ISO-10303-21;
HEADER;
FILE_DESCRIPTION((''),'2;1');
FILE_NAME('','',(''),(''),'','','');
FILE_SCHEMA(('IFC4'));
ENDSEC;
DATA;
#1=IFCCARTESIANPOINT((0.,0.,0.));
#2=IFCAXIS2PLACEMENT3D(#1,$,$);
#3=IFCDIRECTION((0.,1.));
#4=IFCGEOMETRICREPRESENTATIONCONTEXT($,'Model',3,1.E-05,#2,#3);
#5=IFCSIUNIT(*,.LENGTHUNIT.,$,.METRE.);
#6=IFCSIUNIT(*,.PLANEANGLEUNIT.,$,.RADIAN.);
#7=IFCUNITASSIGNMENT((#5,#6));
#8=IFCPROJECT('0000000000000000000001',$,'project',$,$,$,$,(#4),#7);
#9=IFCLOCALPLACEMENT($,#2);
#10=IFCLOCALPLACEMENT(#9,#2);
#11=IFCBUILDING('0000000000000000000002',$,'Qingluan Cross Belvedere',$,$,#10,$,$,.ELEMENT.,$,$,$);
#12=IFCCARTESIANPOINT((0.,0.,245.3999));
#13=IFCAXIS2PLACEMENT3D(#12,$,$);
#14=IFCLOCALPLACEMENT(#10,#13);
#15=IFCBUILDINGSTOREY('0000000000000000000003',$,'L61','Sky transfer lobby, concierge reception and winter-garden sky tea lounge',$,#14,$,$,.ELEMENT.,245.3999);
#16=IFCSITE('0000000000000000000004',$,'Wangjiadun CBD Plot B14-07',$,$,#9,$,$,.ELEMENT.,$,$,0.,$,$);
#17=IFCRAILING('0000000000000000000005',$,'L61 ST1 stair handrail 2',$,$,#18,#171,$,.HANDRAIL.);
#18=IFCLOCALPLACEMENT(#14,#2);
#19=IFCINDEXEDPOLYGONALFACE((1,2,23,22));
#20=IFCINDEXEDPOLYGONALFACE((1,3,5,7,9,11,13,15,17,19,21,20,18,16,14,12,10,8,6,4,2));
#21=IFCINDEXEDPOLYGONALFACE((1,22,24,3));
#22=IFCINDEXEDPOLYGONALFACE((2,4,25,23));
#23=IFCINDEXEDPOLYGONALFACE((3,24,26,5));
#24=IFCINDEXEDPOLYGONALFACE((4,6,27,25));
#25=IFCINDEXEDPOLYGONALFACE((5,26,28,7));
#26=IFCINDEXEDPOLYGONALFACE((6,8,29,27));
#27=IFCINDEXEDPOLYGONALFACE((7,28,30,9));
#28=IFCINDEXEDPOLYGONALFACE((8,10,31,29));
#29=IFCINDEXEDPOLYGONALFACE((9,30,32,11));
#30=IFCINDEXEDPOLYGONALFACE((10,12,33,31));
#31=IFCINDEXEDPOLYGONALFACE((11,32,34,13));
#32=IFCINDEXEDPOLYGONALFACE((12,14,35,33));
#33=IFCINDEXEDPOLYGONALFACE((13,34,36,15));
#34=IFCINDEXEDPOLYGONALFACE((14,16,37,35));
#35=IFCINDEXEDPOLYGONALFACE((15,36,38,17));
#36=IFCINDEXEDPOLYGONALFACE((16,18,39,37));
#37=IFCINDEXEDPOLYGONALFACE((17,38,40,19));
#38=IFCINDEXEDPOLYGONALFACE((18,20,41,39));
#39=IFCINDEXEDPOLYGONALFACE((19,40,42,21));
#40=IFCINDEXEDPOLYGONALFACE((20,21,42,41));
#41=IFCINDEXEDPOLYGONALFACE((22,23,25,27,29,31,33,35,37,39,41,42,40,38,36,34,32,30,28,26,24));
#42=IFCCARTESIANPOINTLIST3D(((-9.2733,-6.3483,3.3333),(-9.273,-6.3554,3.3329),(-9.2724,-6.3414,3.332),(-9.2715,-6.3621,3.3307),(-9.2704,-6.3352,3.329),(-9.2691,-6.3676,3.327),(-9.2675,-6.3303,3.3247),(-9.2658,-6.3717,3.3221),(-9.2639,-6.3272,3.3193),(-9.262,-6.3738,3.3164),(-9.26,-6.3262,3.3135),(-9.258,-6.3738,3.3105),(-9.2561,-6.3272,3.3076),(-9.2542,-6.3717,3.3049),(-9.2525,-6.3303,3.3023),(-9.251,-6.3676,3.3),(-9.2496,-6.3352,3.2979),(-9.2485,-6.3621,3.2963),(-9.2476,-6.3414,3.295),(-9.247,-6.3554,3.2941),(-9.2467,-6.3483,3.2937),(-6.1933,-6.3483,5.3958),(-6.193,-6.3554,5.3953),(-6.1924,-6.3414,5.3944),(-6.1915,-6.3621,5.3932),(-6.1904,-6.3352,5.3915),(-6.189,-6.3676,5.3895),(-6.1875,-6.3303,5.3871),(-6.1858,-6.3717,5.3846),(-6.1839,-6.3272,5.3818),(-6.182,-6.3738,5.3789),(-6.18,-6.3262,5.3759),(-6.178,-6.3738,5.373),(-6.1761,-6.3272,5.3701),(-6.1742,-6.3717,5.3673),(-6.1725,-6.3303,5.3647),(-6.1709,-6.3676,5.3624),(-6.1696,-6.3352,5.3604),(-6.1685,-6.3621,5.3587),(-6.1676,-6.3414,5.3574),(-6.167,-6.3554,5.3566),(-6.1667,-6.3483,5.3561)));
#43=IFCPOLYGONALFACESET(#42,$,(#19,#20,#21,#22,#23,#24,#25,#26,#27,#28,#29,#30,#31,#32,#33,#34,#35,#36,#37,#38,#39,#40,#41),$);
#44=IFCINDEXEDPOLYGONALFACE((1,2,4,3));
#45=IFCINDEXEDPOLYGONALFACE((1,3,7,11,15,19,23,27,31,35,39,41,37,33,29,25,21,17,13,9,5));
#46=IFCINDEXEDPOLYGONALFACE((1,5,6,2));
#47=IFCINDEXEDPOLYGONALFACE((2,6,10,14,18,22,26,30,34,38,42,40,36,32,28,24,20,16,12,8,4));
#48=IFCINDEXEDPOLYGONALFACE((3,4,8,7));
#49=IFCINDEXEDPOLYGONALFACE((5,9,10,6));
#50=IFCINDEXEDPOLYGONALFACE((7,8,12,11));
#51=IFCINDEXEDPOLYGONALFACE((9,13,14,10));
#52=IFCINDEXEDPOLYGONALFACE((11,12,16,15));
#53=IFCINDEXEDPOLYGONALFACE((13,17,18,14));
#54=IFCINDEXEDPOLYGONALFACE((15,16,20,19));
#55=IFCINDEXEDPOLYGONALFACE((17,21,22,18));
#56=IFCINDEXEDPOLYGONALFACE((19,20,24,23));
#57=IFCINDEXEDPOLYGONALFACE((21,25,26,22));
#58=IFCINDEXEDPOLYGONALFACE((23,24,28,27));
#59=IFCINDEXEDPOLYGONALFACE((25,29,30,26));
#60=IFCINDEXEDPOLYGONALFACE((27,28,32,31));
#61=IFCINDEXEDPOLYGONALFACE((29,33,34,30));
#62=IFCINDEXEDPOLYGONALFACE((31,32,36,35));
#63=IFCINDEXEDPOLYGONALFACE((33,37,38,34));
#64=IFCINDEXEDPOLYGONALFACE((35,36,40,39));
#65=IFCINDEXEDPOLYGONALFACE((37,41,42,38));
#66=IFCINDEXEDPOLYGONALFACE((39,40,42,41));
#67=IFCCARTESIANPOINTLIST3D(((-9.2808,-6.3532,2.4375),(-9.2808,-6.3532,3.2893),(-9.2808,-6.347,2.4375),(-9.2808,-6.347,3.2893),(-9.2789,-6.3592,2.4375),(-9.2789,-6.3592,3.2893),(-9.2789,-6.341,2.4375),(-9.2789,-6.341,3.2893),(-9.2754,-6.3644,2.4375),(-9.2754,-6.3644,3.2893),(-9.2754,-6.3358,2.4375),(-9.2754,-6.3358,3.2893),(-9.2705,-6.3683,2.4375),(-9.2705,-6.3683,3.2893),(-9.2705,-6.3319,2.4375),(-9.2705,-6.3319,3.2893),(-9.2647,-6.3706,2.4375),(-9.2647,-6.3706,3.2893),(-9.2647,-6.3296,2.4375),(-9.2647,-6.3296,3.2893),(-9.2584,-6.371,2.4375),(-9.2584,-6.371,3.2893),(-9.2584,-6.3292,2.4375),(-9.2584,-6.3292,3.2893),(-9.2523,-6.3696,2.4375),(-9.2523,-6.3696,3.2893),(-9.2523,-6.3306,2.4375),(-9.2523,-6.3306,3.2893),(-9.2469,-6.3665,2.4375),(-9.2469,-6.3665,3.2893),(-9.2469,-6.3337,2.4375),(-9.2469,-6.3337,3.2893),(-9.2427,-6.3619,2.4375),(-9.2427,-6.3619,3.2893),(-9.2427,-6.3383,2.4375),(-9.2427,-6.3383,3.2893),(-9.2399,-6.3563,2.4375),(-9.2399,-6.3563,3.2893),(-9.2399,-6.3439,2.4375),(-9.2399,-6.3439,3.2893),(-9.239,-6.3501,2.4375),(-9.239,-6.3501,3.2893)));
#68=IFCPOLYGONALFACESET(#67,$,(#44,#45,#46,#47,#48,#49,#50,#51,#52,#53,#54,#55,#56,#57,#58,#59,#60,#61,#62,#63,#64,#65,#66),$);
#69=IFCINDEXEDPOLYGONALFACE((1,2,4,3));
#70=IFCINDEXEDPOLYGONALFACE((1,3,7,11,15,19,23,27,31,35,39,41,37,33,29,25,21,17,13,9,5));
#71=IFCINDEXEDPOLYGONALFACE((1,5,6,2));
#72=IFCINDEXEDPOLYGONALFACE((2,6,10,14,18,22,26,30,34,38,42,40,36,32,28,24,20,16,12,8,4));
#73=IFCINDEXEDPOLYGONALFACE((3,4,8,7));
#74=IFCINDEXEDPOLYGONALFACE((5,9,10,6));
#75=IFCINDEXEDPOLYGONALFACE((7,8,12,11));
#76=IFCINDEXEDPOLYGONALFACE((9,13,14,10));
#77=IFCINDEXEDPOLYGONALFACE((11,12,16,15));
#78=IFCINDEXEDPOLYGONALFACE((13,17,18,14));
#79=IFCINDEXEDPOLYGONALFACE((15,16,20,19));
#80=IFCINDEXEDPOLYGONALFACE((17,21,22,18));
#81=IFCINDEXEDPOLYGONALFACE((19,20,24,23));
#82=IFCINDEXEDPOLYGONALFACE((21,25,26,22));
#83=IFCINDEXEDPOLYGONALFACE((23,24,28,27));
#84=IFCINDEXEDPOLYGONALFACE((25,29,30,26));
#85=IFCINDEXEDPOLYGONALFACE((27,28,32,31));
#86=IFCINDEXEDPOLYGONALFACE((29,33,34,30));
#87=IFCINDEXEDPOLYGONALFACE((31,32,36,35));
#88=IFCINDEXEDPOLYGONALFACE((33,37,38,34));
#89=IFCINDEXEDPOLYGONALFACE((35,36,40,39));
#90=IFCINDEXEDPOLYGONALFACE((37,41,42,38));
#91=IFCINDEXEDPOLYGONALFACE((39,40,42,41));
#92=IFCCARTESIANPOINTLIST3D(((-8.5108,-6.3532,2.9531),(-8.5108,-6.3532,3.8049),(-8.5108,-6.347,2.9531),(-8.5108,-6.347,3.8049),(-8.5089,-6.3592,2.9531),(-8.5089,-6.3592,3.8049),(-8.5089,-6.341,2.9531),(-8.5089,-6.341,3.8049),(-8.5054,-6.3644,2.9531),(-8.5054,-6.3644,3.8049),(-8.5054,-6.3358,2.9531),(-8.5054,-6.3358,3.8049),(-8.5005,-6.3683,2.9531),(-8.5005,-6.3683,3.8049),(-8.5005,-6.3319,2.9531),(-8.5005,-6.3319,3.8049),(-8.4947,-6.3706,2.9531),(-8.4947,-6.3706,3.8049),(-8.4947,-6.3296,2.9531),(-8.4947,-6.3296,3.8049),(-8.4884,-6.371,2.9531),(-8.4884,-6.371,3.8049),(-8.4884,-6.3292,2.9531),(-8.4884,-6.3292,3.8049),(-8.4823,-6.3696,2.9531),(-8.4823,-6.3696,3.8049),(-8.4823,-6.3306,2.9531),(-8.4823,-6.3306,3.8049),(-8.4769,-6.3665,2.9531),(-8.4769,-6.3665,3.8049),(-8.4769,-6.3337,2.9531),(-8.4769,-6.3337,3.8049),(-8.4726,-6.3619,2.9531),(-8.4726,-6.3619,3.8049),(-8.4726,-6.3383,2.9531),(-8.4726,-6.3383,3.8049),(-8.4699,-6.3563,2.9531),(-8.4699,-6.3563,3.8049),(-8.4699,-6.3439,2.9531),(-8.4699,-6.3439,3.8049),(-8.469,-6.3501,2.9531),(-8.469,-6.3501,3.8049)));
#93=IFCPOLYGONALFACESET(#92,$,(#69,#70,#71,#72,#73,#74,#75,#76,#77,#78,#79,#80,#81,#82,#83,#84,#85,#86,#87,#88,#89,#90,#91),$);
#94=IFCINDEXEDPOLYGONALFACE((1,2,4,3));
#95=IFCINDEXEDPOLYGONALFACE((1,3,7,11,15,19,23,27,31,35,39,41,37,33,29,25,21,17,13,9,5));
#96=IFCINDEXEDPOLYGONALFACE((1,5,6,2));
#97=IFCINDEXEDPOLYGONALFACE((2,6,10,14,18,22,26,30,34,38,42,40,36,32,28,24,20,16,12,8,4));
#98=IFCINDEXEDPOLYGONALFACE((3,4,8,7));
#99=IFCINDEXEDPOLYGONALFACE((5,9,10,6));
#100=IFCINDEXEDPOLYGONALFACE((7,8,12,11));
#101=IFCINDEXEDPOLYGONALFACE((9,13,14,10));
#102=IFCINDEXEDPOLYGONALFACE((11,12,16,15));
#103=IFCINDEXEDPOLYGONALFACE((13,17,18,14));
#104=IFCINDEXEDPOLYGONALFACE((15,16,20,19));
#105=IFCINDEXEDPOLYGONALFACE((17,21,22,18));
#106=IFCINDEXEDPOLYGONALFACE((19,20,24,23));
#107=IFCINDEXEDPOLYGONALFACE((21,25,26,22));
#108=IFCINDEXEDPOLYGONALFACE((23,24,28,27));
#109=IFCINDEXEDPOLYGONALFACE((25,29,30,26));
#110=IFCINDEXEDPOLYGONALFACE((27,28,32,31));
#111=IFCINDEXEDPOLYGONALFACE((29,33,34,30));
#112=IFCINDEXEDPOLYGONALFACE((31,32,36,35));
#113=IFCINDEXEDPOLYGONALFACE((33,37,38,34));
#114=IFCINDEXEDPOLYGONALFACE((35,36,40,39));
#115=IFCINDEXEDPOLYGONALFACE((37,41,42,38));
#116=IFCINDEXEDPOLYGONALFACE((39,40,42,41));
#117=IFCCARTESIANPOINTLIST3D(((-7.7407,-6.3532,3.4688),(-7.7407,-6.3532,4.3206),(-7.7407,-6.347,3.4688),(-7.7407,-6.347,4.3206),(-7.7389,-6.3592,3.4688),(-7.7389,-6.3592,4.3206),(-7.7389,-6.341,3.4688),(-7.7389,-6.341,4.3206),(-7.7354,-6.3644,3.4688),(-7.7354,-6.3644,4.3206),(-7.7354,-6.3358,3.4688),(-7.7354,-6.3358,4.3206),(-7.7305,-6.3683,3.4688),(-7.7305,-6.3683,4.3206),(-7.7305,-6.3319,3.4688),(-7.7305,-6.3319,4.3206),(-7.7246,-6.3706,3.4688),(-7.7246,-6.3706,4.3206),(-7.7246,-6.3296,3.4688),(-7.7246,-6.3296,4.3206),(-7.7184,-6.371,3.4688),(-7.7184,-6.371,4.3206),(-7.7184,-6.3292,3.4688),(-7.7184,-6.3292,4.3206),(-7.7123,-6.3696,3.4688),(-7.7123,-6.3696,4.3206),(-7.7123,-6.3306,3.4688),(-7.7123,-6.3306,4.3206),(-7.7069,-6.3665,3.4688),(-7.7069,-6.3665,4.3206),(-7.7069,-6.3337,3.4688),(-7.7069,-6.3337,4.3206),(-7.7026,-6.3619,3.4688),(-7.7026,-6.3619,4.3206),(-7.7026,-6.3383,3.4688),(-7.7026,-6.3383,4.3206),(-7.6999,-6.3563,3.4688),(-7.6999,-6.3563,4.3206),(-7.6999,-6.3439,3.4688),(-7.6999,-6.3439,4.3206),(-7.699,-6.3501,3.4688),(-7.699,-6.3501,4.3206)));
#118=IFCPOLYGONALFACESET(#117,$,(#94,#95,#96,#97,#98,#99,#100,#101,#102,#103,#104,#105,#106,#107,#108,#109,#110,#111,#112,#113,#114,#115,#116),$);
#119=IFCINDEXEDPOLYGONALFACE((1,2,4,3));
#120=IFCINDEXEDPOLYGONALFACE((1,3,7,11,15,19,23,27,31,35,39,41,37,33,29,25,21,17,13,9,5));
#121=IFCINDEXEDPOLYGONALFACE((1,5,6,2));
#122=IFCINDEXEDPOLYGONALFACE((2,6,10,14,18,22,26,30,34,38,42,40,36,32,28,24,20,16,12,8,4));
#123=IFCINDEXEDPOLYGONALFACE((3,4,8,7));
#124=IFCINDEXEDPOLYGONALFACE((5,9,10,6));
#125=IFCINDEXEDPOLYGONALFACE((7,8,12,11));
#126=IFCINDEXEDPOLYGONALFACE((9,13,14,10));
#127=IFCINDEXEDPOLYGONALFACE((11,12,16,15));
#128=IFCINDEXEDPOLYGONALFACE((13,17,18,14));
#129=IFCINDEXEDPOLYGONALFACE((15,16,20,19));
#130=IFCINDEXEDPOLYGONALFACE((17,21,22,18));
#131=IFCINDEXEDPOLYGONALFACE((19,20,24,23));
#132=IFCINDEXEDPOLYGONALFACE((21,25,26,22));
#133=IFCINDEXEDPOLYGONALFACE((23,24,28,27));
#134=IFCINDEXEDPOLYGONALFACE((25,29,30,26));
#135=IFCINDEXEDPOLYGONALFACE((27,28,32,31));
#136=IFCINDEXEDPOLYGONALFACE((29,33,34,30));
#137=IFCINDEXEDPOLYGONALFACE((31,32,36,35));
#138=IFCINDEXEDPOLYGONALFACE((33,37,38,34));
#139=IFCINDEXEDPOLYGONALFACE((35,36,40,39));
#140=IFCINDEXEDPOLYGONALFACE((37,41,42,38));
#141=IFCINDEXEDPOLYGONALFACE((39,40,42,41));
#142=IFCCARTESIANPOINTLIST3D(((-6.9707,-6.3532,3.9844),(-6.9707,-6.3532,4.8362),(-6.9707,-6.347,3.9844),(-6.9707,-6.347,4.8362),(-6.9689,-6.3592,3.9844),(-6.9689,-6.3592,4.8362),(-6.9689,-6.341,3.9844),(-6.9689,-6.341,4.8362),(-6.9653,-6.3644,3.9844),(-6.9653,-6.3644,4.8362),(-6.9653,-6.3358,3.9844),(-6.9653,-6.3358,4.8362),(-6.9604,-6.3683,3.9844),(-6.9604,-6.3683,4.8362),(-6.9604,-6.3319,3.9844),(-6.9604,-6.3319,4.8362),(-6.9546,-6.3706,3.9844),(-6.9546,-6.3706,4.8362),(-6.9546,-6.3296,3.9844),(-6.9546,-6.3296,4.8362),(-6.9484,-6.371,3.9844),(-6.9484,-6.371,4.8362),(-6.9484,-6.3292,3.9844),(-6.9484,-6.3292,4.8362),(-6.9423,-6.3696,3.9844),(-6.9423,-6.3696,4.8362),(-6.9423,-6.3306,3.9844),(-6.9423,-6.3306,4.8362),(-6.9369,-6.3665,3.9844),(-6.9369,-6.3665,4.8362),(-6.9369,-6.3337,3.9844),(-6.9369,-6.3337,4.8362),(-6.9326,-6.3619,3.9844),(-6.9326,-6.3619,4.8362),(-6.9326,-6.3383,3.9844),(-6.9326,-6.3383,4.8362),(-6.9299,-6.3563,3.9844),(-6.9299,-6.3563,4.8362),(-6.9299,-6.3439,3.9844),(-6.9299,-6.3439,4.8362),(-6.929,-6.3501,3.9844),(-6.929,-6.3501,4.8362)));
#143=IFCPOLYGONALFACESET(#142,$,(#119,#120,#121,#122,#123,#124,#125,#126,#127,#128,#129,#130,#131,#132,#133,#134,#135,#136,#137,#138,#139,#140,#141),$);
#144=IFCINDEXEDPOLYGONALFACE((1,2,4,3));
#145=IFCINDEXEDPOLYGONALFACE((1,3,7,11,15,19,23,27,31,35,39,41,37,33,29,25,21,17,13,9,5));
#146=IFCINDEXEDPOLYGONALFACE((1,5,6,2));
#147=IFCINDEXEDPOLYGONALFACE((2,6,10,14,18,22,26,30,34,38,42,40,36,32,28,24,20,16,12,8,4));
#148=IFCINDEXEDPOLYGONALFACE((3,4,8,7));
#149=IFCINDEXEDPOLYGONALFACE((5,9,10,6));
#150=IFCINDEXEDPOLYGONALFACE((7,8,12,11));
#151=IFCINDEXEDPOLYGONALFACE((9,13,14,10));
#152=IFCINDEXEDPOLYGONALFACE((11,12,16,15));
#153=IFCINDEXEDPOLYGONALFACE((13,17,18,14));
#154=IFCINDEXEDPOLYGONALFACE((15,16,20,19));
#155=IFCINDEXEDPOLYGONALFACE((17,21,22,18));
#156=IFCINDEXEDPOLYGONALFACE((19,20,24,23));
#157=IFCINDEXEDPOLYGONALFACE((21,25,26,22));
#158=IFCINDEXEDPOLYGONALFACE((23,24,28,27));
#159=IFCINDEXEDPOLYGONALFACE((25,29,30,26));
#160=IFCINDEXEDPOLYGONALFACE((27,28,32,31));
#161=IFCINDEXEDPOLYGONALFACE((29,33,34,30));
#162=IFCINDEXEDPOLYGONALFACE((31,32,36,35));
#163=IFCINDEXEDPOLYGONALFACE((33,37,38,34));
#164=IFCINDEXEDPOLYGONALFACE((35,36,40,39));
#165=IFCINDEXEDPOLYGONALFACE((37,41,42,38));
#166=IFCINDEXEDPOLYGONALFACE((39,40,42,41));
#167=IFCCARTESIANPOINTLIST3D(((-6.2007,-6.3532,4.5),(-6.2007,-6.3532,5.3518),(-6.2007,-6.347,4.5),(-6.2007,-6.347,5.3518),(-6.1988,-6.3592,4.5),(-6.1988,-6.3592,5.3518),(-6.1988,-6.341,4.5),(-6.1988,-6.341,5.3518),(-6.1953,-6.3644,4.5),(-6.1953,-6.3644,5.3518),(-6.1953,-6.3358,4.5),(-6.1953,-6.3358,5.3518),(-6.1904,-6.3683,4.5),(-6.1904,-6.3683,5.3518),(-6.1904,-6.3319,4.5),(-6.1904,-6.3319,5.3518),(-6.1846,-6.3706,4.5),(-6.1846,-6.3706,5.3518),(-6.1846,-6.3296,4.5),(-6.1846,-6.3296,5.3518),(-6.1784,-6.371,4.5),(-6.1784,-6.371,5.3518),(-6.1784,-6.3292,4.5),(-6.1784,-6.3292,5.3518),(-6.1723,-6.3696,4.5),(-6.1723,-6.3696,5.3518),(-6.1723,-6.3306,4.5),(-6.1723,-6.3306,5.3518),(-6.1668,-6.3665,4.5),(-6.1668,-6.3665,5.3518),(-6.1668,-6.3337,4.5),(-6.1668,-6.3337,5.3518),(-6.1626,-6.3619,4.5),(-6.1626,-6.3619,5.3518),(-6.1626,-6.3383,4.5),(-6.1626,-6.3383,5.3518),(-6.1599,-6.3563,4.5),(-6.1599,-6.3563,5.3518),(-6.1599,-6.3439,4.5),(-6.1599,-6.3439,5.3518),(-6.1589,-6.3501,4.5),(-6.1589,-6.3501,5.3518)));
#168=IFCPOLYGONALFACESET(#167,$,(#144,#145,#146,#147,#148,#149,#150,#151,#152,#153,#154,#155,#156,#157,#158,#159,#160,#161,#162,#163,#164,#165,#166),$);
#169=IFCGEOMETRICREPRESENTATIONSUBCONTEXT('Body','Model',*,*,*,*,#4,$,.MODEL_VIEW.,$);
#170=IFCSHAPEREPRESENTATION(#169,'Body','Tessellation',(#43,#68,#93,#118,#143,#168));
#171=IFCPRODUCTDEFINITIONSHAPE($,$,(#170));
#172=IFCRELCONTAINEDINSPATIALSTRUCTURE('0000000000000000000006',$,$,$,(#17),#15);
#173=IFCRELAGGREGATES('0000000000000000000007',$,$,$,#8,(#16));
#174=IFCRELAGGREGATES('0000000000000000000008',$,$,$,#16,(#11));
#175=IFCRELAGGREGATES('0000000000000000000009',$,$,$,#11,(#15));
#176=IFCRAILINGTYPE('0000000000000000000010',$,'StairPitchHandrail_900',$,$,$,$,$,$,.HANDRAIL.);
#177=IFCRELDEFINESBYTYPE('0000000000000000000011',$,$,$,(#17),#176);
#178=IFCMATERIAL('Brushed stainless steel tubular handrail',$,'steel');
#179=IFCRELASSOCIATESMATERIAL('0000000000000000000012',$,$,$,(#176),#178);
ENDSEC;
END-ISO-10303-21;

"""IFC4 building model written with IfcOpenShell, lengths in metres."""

from ifc_helpers import new_model, si_unit, direction, frame, origin, origin_2d, place, context, subcontext, project, spatial, circle, extrude, material, type_object, element, save


model = new_model("IFC4")

# Units and contexts
model_context = context("Model", 3, precision=1e-05, world=origin(), true_north=direction((0.0, 1.0)))
body_context = subcontext(model_context, "Body", "Model", "MODEL_VIEW")
ifc_project = project(units=[si_unit("LENGTHUNIT", "METRE"), si_unit("PLANEANGLEUNIT", "RADIAN")], contexts=[model_context])

# Site, building, storey
site_placement = place(None, origin())
site = spatial("IfcSite", under=ifc_project, at=site_placement, Name="Wangjiadun CBD Plot B14-07", CompositionType="ELEMENT", RefElevation=0.0)
building_placement = place(site_placement, origin())
building = spatial("IfcBuilding", under=site, at=building_placement, Name="Qingluan Cross Belvedere", CompositionType="ELEMENT")
storey_placement = place(building_placement, frame((0.0, 0.0, 245.3999)))
storey = spatial("IfcBuildingStorey", under=building, at=storey_placement, Name="L61", Description="Sky transfer lobby, concierge reception and winter-garden sky tea lounge", CompositionType="ELEMENT", Elevation=245.3999)

# Railing
ifc_material_1 = material(Name="Brushed stainless steel tubular handrail", Category="steel")
railing_type_1 = type_object("IfcRailingType", Name="StairPitchHandrail_900", PredefinedType="HANDRAIL", material=ifc_material_1)
railing_1_placement = place(storey_placement, frame((-9.26, -6.3501, 2.4375)))
element("IfcRailing", 1, at=railing_1_placement, inside=storey, type_object=railing_type_1, Name="L61 ST1 stair handrail 2", PredefinedType="HANDRAIL", context=body_context, shape_type="SweptSolid", body=[
    extrude(circle(Radius=0.0239, at=origin_2d()), frame((0.0, 0.0, 0.876), z_axis=(0.830914, 0.0, 0.556401), x_axis=(0.0, 1.0, 0.0)), (0.0, 0.0, 1.0), 3.7068),
    extrude(circle(Radius=0.021, at=origin_2d()), origin(), (0.0, 0.0, 1.0), 0.8518),
    extrude(circle(Radius=0.021, at=origin_2d()), frame((0.77, 0.0, 0.5156)), (0.0, 0.0, 1.0), 0.8518),
    extrude(circle(Radius=0.021, at=origin_2d()), frame((1.54, 0.0, 1.0312)), (0.0, 0.0, 1.0), 0.8518),
    extrude(circle(Radius=0.021, at=origin_2d()), frame((2.3101, 0.0, 1.5469)), (0.0, 0.0, 1.0), 0.8518),
    extrude(circle(Radius=0.021, at=origin_2d()), frame((3.0801, 0.0, 2.0625)), (0.0, 0.0, 1.0), 0.8518),
])

save(model, "model.ifc")
